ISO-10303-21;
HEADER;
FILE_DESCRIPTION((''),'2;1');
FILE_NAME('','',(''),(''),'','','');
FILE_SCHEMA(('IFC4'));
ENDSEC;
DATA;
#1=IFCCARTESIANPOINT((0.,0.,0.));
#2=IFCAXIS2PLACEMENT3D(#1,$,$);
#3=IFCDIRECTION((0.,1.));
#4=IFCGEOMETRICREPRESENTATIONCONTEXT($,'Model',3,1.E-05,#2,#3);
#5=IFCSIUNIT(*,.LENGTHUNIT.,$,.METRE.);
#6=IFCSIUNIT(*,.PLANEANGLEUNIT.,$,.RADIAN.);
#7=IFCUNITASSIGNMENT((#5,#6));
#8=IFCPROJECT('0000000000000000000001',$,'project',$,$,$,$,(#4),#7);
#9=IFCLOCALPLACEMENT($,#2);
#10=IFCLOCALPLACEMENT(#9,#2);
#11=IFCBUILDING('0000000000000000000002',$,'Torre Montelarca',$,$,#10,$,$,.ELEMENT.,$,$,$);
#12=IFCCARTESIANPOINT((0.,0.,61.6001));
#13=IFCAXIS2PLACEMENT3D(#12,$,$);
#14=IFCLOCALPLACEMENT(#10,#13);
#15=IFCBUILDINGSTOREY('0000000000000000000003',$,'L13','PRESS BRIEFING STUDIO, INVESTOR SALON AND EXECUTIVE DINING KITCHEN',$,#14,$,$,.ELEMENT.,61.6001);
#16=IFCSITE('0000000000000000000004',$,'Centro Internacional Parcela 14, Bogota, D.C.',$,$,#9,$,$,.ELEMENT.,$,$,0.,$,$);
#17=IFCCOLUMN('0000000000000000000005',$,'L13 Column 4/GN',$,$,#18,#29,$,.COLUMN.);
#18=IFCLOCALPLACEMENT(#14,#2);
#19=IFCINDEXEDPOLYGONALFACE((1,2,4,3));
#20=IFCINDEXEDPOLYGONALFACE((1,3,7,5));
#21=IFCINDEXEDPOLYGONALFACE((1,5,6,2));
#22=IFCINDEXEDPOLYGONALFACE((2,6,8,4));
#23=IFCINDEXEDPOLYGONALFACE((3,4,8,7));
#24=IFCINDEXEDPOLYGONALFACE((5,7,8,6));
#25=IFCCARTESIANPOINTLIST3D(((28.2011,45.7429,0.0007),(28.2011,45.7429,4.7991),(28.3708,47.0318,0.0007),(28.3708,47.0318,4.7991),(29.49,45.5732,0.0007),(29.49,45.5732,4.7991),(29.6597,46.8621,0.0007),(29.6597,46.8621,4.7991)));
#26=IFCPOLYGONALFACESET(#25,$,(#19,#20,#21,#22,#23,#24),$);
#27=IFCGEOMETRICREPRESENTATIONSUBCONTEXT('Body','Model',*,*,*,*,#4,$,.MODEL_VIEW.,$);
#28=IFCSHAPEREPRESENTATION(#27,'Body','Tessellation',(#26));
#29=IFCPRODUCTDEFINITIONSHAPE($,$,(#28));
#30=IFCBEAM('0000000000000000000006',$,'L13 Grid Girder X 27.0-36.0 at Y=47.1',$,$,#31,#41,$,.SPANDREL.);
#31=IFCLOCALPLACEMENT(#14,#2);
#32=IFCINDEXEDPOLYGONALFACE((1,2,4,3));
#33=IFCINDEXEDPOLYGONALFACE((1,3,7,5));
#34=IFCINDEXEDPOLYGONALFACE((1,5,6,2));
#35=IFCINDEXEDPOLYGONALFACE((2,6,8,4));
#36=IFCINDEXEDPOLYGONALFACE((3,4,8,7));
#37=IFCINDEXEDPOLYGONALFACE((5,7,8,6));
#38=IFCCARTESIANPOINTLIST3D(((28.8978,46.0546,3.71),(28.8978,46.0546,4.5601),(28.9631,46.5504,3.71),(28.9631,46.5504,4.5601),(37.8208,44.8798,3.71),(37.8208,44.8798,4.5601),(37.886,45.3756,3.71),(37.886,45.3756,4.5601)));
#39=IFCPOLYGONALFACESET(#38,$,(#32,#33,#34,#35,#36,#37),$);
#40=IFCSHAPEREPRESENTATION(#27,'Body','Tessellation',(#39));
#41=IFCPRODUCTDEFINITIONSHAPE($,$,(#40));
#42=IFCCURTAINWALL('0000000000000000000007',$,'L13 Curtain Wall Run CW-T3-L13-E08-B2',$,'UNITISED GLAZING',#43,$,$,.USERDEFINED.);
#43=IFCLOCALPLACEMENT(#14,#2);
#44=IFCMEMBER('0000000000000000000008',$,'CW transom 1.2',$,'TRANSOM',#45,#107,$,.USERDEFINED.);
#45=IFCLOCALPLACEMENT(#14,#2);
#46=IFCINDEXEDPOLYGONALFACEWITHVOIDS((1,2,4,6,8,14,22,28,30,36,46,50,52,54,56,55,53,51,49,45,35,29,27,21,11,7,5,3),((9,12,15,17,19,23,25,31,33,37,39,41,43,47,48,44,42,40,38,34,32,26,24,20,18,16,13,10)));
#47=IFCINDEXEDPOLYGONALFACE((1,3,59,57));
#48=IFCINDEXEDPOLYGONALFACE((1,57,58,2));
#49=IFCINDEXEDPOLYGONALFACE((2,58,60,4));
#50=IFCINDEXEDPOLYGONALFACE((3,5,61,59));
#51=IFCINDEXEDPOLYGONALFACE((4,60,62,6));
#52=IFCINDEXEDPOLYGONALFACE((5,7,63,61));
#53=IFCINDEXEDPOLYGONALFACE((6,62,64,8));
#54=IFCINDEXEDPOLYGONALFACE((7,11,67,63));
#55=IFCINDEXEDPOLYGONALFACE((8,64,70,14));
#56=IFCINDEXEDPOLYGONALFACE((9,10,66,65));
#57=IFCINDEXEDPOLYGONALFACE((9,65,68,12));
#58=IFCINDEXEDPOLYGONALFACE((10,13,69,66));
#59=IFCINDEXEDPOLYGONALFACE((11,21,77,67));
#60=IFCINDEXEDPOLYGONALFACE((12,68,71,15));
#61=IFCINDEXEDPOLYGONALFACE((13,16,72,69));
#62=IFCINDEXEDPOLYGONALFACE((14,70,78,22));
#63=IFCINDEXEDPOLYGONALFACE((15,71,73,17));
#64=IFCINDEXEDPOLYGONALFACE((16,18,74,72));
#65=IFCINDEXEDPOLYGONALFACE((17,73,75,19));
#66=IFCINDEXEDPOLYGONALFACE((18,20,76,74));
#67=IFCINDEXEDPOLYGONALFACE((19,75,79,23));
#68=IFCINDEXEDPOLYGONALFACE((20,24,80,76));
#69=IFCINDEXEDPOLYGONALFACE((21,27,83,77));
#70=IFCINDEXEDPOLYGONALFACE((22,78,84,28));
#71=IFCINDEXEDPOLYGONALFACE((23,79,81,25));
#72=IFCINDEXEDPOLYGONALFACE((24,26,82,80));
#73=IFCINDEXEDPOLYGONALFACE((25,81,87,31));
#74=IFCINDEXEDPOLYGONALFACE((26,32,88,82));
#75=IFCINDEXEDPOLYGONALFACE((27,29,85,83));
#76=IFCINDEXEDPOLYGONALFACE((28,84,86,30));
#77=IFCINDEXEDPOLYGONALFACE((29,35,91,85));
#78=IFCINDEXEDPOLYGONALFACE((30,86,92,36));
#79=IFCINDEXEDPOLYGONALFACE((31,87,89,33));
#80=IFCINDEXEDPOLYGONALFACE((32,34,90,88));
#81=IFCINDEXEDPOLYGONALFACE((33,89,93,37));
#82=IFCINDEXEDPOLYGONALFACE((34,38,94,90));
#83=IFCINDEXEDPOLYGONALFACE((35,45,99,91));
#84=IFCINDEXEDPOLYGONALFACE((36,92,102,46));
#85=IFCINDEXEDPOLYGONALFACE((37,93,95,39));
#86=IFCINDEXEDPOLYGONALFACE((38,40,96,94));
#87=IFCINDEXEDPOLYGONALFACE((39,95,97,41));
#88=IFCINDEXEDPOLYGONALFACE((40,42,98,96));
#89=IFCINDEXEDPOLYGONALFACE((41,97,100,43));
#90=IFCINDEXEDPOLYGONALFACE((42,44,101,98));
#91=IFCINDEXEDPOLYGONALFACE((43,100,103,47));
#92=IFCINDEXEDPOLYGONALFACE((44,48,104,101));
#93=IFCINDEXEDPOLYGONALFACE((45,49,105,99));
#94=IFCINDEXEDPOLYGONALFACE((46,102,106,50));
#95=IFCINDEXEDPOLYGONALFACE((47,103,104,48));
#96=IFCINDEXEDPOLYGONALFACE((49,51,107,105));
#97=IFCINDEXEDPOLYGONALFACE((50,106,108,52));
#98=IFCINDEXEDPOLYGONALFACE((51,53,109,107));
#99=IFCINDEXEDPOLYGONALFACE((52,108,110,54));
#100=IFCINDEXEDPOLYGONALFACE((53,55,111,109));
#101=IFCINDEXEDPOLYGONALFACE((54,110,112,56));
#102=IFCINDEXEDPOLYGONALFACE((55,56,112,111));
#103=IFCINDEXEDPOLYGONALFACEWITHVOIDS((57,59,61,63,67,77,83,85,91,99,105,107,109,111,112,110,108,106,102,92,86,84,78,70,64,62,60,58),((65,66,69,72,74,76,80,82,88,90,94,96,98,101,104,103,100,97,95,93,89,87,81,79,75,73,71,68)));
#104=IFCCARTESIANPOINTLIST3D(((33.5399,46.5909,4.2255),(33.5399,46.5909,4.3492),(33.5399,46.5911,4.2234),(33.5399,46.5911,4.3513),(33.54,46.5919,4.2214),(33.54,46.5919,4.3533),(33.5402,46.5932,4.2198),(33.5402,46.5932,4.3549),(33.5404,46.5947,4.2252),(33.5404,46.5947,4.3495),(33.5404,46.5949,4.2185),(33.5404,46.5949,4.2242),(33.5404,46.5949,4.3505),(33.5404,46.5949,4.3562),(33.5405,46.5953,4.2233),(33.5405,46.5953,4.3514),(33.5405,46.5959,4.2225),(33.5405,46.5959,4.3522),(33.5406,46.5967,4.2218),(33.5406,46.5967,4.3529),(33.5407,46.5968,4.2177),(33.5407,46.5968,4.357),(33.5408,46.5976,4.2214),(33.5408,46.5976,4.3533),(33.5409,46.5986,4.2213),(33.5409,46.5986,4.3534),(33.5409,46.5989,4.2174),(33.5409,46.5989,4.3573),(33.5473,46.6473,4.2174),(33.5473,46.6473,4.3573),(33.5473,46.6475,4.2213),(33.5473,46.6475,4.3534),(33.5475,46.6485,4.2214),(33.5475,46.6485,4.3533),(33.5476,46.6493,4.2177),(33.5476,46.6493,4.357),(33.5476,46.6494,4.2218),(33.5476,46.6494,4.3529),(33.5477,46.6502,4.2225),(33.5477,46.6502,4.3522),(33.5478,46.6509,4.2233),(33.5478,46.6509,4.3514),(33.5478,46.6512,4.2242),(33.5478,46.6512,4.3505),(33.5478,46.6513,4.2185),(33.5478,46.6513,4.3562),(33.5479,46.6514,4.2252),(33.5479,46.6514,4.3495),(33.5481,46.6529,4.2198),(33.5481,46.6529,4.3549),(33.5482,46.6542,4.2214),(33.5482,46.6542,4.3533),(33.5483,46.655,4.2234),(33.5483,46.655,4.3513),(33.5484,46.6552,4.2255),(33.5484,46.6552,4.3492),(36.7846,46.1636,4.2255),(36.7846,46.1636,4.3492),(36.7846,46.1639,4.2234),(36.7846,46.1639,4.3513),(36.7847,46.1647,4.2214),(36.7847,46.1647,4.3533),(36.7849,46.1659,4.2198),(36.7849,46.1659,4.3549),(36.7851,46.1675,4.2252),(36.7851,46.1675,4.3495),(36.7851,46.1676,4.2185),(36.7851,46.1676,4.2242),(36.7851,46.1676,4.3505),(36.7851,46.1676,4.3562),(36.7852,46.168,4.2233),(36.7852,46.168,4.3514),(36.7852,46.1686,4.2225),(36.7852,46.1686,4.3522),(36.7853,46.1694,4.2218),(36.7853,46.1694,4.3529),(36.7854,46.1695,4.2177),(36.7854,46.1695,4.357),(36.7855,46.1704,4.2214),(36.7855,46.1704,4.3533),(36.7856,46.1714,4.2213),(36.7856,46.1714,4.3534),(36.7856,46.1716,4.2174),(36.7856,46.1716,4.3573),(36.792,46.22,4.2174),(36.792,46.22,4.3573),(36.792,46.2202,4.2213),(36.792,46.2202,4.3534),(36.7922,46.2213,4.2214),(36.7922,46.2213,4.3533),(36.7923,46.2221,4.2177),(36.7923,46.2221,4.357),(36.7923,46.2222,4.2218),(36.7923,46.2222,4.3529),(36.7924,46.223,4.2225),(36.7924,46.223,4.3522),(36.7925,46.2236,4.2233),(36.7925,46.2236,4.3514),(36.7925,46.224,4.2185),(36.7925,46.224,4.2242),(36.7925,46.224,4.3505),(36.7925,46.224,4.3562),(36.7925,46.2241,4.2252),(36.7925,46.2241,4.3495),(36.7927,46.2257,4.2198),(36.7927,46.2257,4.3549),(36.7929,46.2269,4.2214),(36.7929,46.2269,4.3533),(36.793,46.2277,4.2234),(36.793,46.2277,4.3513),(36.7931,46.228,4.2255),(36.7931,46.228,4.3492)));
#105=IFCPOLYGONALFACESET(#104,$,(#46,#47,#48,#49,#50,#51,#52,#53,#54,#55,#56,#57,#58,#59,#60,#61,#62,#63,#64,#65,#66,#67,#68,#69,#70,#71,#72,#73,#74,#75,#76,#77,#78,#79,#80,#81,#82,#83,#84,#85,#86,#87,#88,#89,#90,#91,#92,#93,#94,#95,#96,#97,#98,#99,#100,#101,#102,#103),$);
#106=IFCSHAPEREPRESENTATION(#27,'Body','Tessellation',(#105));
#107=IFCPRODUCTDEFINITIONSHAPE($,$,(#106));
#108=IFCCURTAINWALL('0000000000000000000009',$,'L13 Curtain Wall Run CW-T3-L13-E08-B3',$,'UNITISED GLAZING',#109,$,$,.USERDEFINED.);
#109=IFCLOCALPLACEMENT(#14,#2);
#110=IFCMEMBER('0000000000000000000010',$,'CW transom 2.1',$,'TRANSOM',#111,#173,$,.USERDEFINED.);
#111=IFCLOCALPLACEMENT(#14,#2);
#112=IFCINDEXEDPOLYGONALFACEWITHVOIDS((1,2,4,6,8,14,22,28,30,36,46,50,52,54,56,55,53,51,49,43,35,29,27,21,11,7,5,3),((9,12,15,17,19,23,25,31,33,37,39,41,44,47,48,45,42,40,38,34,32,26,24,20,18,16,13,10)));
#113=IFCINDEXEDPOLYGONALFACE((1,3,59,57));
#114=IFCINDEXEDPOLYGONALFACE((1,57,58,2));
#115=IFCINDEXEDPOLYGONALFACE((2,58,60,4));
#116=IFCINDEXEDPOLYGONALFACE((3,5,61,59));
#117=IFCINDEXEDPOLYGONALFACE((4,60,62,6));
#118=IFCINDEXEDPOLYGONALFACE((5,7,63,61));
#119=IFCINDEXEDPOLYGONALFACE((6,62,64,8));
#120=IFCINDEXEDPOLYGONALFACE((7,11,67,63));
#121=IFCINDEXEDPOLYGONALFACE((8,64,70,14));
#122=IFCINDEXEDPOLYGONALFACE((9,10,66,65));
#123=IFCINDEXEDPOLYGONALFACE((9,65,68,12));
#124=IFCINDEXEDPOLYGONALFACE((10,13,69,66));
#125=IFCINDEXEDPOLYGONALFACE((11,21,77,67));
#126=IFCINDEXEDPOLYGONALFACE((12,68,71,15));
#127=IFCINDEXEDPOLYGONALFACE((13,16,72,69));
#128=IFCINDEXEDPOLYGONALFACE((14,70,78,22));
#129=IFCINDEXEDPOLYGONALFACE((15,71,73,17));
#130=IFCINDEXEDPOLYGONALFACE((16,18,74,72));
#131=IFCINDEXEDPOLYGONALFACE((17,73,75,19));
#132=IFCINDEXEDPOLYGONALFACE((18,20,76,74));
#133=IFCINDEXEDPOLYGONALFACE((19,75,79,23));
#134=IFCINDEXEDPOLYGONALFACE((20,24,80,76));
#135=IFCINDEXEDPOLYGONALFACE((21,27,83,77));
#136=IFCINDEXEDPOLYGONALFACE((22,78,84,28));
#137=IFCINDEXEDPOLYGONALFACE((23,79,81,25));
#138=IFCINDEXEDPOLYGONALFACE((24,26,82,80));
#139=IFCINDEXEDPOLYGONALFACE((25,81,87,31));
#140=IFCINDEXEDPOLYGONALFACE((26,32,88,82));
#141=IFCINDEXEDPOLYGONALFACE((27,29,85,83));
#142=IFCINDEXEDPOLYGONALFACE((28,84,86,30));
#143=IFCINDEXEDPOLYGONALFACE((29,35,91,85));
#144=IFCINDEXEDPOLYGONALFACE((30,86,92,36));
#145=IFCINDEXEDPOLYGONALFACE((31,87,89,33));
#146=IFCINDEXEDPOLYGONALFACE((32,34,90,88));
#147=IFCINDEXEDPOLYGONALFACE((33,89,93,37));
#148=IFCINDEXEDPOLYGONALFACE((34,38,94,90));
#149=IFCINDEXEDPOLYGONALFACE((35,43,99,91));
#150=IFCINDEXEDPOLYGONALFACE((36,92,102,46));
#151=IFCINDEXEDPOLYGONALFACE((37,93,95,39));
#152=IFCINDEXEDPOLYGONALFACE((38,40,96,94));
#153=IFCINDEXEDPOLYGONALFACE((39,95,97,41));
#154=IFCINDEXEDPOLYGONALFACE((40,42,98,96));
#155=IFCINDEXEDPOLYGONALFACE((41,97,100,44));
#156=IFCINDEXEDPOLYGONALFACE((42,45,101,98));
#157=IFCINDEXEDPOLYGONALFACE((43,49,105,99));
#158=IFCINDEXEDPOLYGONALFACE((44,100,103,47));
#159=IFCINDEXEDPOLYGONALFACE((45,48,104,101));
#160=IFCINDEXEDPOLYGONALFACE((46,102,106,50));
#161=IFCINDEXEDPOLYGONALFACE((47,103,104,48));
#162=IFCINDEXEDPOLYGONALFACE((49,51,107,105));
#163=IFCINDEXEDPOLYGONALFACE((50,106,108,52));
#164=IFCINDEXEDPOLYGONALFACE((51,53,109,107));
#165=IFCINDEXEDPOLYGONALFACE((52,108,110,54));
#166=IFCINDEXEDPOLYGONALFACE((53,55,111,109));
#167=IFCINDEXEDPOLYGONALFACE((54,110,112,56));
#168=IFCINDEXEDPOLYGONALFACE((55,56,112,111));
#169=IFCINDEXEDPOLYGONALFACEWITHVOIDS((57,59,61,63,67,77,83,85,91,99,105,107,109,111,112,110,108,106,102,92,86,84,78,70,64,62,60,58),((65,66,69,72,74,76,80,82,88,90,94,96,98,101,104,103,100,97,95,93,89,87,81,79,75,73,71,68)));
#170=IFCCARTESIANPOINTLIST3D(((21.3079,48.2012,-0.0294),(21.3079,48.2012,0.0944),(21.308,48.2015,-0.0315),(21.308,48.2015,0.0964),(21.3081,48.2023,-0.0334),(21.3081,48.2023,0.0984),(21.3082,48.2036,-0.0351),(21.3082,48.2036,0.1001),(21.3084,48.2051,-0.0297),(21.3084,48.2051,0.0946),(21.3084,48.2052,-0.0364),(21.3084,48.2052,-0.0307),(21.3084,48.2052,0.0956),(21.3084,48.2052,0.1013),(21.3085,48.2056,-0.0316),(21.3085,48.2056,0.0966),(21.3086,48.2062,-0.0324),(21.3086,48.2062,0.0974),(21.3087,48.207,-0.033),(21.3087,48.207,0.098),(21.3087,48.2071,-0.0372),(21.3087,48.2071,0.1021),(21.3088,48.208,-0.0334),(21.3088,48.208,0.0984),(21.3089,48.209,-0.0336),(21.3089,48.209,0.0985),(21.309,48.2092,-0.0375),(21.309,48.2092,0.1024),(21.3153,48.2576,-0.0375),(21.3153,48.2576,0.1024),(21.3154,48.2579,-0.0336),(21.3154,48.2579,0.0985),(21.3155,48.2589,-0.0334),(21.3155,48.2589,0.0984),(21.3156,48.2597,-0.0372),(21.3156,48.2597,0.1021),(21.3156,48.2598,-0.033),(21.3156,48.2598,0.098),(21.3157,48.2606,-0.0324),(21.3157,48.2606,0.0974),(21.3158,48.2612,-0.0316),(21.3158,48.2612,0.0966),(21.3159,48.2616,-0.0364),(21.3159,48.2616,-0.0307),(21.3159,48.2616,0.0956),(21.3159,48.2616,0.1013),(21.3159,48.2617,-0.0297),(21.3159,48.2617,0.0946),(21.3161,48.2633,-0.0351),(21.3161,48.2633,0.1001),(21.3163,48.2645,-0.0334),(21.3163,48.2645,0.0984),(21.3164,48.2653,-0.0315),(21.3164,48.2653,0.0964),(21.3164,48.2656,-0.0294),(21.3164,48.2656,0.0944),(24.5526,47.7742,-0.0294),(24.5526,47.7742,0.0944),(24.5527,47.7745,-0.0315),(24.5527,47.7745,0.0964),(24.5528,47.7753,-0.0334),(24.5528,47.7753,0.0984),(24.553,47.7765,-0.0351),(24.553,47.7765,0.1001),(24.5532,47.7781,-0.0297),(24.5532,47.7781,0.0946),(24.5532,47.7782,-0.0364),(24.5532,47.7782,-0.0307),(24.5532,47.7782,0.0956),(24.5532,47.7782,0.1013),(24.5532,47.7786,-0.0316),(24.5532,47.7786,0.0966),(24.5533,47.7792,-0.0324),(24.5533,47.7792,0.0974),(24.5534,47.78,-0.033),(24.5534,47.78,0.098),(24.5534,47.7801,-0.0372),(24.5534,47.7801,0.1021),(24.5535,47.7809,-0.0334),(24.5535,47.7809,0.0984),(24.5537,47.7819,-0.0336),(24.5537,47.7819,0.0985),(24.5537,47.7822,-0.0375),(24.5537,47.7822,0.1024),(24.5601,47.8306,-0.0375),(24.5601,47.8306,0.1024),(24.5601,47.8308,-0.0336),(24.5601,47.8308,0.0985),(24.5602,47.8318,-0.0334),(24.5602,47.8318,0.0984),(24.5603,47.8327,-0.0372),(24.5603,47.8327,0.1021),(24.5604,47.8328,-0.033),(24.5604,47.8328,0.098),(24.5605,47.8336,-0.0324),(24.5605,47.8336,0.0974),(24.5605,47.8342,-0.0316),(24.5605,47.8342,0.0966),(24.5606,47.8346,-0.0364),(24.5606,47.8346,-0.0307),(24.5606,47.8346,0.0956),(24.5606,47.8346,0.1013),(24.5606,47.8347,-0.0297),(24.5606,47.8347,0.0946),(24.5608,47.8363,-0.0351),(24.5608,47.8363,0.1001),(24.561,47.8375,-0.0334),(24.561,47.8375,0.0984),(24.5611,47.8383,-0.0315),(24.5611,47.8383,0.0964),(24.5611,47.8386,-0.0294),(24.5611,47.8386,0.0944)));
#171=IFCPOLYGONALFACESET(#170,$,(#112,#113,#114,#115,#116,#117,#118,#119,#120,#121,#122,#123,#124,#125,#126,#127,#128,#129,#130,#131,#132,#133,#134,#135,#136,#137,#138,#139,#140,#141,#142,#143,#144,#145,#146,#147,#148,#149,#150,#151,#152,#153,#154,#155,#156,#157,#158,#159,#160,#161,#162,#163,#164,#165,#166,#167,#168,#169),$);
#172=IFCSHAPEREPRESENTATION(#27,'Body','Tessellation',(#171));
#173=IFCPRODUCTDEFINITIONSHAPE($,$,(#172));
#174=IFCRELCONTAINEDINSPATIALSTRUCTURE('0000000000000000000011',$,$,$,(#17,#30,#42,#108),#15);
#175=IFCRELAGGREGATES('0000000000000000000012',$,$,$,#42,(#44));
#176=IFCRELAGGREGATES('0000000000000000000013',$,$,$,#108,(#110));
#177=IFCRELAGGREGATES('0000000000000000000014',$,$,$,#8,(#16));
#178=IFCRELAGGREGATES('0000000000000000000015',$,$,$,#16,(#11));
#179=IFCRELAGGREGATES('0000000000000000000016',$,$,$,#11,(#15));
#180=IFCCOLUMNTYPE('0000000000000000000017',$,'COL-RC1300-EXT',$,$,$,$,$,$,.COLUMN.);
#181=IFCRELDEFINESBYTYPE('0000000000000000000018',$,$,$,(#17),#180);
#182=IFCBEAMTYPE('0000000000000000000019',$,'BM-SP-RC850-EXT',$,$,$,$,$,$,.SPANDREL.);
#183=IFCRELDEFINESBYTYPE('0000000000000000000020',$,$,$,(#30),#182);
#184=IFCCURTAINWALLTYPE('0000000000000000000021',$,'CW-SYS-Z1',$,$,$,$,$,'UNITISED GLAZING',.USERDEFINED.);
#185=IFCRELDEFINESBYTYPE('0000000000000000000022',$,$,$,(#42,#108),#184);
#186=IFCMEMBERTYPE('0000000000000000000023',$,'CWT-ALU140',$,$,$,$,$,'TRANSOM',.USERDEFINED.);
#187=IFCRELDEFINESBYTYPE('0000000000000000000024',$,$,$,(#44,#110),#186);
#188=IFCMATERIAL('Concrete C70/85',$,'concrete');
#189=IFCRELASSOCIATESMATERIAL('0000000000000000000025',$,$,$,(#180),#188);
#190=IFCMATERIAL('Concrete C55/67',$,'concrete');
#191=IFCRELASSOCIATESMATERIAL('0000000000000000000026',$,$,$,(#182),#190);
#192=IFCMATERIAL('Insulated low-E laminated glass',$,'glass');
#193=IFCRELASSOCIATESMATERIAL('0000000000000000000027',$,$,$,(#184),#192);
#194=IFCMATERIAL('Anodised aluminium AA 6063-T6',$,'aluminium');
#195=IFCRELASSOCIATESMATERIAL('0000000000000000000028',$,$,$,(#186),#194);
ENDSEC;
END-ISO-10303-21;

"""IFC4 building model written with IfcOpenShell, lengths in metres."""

from ifc_helpers import new_model, si_unit, direction, frame, origin, origin_2d, place, context, subcontext, project, spatial, rectangle, hollow_rectangle, extrude, source, transform, mapped, material, material_profile, profile_set, type_object, element, aggregate, save


model = new_model("IFC4")

# Units and contexts
model_context = context("Model", 3, precision=1e-05, world=origin(), true_north=direction((0.0, 1.0)))
body_context = subcontext(model_context, "Body", "Model", "MODEL_VIEW")
ifc_project = project(units=[si_unit("LENGTHUNIT", "METRE"), si_unit("PLANEANGLEUNIT", "RADIAN")], contexts=[model_context])

# Site, building, storey
site_placement = place(None, origin())
site = spatial("IfcSite", under=ifc_project, at=site_placement, Name="Centro Internacional Parcela 14, Bogota, D.C.", CompositionType="ELEMENT", RefElevation=0.0)
building_placement = place(site_placement, origin())
building = spatial("IfcBuilding", under=site, at=building_placement, Name="Torre Montelarca", CompositionType="ELEMENT")
storey_placement = place(building_placement, frame((0.0, 0.0, 61.6001)))
storey = spatial("IfcBuildingStorey", under=building, at=storey_placement, Name="L13", Description="PRESS BRIEFING STUDIO, INVESTOR SALON AND EXECUTIVE DINING KITCHEN", CompositionType="ELEMENT", Elevation=61.6001)

# Column
ifc_material_1 = material(Name="Concrete C70/85", Category="concrete")
ifc_material_profile_1 = material_profile(ifc_material_1, rectangle(XDim=1.3, YDim=1.3, at=origin_2d()), Name="RC1300X1300", Category="concrete")
ifc_profile_set_1 = profile_set([ifc_material_profile_1], Name="Concrete C70/85")
column_type = type_object("IfcColumnType", Name="COL-RC1300-EXT", PredefinedType="COLUMN", material=ifc_profile_set_1)
shared_shape_1 = source(origin(), body_context, "Body", "SweptSolid", [
    extrude(rectangle(XDim=1.3, YDim=1.3, at=origin_2d()), origin(), (0.0, 0.0, 1.0), 4.7983),
])
column_placement = place(storey_placement, frame((28.9304, 46.3025, 0.0007), z_axis=(0.0, 0.0, 1.0), x_axis=(-0.991445, 0.130526, 0.0)))
element("IfcColumn", 1, at=column_placement, inside=storey, type_object=column_type, Name="L13 Column 4/GN", PredefinedType="COLUMN", context=body_context, shape_type="MappedRepresentation", body=[
    mapped(shared_shape_1, transform((0.0, 0.0, 0.0), scale=1.0)),
])

# Beam
ifc_material_2 = material(Name="Concrete C55/67", Category="concrete")
ifc_material_profile_2 = material_profile(ifc_material_2, rectangle(XDim=0.5, YDim=0.8501, at=origin_2d()), Name="RCB500X850", Category="concrete")
ifc_profile_set_2 = profile_set([ifc_material_profile_2], Name="Concrete C55/67")
beam_type = type_object("IfcBeamType", Name="BM-SP-RC850-EXT", PredefinedType="SPANDREL", material=ifc_profile_set_2)
shared_shape_2 = source(origin(), body_context, "Body", "SweptSolid", [
    extrude(rectangle(XDim=0.5, YDim=0.8501, at=origin_2d()), origin(), (0.0, 0.0, 1.0), 9.0),
])
beam_placement = place(storey_placement, frame((28.9304, 46.3025, 4.135), z_axis=(0.991444, -0.130532, 0.0), x_axis=(0.130532, 0.991444, 0.0)))
element("IfcBeam", 2, at=beam_placement, inside=storey, type_object=beam_type, Name="L13 Grid Girder X 27.0-36.0 at Y=47.1", PredefinedType="SPANDREL", context=body_context, shape_type="MappedRepresentation", body=[
    mapped(shared_shape_2, transform((0.0, 0.0, 0.0), scale=1.0)),
])

# Curtain wall, member
ifc_material_3 = material(Name="Insulated low-E laminated glass", Category="glass")
curtain_wall_type = type_object("IfcCurtainWallType", Name="CW-SYS-Z1", ElementType="UNITISED GLAZING", PredefinedType="USERDEFINED", material=ifc_material_3)
curtain_wall_1_placement = place(storey_placement, origin())
curtain_wall_1 = element("IfcCurtainWall", 3, at=curtain_wall_1_placement, inside=storey, type_object=curtain_wall_type, Name="L13 Curtain Wall Run CW-T3-L13-E08-B2", ObjectType="UNITISED GLAZING", PredefinedType="USERDEFINED")
ifc_material_4 = material(Name="Anodised aluminium AA 6063-T6", Category="aluminium")
ifc_material_profile_3 = material_profile(ifc_material_4, hollow_rectangle(XDim=0.0649, YDim=0.1399, WallThickness=0.0039, InnerFilletRadius=0.0039, OuterFilletRadius=0.0081, at=origin_2d()), Name="ALU65X140X4", Category="aluminium")
ifc_profile_set_3 = profile_set([ifc_material_profile_3], Name="Anodised aluminium AA 6063-T6")
member_type_1 = type_object("IfcMemberType", Name="CWT-ALU140", ElementType="TRANSOM", PredefinedType="USERDEFINED", material=ifc_profile_set_3)
shared_shape_3 = source(origin(), body_context, "Body", "SweptSolid", [
    extrude(hollow_rectangle(XDim=0.0649, YDim=0.1399, WallThickness=0.0039, InnerFilletRadius=0.0039, OuterFilletRadius=0.0081, at=origin_2d()), origin(), (0.0, 0.0, 1.0), 3.2727),
])
member_1_placement = place(storey_placement, frame((36.7888, 46.1958, 4.2874), z_axis=(-0.991442, 0.130551, 0.0), x_axis=(-0.130551, -0.991442, 0.0)))
member_1 = element("IfcMember", 4, at=member_1_placement, type_object=member_type_1, Name="CW transom 1.2", ObjectType="TRANSOM", PredefinedType="USERDEFINED", context=body_context, shape_type="MappedRepresentation", body=[
    mapped(shared_shape_3, transform((0.0, 0.0, 0.0), scale=1.0)),
])

# Curtain wall, member
curtain_wall_2_placement = place(storey_placement, origin())
curtain_wall_2 = element("IfcCurtainWall", 5, at=curtain_wall_2_placement, inside=storey, type_object=curtain_wall_type, Name="L13 Curtain Wall Run CW-T3-L13-E08-B3", ObjectType="UNITISED GLAZING", PredefinedType="USERDEFINED")
member_2_placement = place(storey_placement, frame((24.5569, 47.8064, 0.0325), z_axis=(-0.991451, 0.130478, 0.0), x_axis=(-0.130478, -0.991451, 0.0)))
member_2 = element("IfcMember", 6, at=member_2_placement, type_object=member_type_1, Name="CW transom 2.1", ObjectType="TRANSOM", PredefinedType="USERDEFINED", context=body_context, shape_type="MappedRepresentation", body=[
    mapped(shared_shape_3, transform((0.0, 0.0, 0.0), scale=1.0)),
])

aggregate(curtain_wall_1, [member_1])
aggregate(curtain_wall_2, [member_2])

save(model, "model.ifc")
